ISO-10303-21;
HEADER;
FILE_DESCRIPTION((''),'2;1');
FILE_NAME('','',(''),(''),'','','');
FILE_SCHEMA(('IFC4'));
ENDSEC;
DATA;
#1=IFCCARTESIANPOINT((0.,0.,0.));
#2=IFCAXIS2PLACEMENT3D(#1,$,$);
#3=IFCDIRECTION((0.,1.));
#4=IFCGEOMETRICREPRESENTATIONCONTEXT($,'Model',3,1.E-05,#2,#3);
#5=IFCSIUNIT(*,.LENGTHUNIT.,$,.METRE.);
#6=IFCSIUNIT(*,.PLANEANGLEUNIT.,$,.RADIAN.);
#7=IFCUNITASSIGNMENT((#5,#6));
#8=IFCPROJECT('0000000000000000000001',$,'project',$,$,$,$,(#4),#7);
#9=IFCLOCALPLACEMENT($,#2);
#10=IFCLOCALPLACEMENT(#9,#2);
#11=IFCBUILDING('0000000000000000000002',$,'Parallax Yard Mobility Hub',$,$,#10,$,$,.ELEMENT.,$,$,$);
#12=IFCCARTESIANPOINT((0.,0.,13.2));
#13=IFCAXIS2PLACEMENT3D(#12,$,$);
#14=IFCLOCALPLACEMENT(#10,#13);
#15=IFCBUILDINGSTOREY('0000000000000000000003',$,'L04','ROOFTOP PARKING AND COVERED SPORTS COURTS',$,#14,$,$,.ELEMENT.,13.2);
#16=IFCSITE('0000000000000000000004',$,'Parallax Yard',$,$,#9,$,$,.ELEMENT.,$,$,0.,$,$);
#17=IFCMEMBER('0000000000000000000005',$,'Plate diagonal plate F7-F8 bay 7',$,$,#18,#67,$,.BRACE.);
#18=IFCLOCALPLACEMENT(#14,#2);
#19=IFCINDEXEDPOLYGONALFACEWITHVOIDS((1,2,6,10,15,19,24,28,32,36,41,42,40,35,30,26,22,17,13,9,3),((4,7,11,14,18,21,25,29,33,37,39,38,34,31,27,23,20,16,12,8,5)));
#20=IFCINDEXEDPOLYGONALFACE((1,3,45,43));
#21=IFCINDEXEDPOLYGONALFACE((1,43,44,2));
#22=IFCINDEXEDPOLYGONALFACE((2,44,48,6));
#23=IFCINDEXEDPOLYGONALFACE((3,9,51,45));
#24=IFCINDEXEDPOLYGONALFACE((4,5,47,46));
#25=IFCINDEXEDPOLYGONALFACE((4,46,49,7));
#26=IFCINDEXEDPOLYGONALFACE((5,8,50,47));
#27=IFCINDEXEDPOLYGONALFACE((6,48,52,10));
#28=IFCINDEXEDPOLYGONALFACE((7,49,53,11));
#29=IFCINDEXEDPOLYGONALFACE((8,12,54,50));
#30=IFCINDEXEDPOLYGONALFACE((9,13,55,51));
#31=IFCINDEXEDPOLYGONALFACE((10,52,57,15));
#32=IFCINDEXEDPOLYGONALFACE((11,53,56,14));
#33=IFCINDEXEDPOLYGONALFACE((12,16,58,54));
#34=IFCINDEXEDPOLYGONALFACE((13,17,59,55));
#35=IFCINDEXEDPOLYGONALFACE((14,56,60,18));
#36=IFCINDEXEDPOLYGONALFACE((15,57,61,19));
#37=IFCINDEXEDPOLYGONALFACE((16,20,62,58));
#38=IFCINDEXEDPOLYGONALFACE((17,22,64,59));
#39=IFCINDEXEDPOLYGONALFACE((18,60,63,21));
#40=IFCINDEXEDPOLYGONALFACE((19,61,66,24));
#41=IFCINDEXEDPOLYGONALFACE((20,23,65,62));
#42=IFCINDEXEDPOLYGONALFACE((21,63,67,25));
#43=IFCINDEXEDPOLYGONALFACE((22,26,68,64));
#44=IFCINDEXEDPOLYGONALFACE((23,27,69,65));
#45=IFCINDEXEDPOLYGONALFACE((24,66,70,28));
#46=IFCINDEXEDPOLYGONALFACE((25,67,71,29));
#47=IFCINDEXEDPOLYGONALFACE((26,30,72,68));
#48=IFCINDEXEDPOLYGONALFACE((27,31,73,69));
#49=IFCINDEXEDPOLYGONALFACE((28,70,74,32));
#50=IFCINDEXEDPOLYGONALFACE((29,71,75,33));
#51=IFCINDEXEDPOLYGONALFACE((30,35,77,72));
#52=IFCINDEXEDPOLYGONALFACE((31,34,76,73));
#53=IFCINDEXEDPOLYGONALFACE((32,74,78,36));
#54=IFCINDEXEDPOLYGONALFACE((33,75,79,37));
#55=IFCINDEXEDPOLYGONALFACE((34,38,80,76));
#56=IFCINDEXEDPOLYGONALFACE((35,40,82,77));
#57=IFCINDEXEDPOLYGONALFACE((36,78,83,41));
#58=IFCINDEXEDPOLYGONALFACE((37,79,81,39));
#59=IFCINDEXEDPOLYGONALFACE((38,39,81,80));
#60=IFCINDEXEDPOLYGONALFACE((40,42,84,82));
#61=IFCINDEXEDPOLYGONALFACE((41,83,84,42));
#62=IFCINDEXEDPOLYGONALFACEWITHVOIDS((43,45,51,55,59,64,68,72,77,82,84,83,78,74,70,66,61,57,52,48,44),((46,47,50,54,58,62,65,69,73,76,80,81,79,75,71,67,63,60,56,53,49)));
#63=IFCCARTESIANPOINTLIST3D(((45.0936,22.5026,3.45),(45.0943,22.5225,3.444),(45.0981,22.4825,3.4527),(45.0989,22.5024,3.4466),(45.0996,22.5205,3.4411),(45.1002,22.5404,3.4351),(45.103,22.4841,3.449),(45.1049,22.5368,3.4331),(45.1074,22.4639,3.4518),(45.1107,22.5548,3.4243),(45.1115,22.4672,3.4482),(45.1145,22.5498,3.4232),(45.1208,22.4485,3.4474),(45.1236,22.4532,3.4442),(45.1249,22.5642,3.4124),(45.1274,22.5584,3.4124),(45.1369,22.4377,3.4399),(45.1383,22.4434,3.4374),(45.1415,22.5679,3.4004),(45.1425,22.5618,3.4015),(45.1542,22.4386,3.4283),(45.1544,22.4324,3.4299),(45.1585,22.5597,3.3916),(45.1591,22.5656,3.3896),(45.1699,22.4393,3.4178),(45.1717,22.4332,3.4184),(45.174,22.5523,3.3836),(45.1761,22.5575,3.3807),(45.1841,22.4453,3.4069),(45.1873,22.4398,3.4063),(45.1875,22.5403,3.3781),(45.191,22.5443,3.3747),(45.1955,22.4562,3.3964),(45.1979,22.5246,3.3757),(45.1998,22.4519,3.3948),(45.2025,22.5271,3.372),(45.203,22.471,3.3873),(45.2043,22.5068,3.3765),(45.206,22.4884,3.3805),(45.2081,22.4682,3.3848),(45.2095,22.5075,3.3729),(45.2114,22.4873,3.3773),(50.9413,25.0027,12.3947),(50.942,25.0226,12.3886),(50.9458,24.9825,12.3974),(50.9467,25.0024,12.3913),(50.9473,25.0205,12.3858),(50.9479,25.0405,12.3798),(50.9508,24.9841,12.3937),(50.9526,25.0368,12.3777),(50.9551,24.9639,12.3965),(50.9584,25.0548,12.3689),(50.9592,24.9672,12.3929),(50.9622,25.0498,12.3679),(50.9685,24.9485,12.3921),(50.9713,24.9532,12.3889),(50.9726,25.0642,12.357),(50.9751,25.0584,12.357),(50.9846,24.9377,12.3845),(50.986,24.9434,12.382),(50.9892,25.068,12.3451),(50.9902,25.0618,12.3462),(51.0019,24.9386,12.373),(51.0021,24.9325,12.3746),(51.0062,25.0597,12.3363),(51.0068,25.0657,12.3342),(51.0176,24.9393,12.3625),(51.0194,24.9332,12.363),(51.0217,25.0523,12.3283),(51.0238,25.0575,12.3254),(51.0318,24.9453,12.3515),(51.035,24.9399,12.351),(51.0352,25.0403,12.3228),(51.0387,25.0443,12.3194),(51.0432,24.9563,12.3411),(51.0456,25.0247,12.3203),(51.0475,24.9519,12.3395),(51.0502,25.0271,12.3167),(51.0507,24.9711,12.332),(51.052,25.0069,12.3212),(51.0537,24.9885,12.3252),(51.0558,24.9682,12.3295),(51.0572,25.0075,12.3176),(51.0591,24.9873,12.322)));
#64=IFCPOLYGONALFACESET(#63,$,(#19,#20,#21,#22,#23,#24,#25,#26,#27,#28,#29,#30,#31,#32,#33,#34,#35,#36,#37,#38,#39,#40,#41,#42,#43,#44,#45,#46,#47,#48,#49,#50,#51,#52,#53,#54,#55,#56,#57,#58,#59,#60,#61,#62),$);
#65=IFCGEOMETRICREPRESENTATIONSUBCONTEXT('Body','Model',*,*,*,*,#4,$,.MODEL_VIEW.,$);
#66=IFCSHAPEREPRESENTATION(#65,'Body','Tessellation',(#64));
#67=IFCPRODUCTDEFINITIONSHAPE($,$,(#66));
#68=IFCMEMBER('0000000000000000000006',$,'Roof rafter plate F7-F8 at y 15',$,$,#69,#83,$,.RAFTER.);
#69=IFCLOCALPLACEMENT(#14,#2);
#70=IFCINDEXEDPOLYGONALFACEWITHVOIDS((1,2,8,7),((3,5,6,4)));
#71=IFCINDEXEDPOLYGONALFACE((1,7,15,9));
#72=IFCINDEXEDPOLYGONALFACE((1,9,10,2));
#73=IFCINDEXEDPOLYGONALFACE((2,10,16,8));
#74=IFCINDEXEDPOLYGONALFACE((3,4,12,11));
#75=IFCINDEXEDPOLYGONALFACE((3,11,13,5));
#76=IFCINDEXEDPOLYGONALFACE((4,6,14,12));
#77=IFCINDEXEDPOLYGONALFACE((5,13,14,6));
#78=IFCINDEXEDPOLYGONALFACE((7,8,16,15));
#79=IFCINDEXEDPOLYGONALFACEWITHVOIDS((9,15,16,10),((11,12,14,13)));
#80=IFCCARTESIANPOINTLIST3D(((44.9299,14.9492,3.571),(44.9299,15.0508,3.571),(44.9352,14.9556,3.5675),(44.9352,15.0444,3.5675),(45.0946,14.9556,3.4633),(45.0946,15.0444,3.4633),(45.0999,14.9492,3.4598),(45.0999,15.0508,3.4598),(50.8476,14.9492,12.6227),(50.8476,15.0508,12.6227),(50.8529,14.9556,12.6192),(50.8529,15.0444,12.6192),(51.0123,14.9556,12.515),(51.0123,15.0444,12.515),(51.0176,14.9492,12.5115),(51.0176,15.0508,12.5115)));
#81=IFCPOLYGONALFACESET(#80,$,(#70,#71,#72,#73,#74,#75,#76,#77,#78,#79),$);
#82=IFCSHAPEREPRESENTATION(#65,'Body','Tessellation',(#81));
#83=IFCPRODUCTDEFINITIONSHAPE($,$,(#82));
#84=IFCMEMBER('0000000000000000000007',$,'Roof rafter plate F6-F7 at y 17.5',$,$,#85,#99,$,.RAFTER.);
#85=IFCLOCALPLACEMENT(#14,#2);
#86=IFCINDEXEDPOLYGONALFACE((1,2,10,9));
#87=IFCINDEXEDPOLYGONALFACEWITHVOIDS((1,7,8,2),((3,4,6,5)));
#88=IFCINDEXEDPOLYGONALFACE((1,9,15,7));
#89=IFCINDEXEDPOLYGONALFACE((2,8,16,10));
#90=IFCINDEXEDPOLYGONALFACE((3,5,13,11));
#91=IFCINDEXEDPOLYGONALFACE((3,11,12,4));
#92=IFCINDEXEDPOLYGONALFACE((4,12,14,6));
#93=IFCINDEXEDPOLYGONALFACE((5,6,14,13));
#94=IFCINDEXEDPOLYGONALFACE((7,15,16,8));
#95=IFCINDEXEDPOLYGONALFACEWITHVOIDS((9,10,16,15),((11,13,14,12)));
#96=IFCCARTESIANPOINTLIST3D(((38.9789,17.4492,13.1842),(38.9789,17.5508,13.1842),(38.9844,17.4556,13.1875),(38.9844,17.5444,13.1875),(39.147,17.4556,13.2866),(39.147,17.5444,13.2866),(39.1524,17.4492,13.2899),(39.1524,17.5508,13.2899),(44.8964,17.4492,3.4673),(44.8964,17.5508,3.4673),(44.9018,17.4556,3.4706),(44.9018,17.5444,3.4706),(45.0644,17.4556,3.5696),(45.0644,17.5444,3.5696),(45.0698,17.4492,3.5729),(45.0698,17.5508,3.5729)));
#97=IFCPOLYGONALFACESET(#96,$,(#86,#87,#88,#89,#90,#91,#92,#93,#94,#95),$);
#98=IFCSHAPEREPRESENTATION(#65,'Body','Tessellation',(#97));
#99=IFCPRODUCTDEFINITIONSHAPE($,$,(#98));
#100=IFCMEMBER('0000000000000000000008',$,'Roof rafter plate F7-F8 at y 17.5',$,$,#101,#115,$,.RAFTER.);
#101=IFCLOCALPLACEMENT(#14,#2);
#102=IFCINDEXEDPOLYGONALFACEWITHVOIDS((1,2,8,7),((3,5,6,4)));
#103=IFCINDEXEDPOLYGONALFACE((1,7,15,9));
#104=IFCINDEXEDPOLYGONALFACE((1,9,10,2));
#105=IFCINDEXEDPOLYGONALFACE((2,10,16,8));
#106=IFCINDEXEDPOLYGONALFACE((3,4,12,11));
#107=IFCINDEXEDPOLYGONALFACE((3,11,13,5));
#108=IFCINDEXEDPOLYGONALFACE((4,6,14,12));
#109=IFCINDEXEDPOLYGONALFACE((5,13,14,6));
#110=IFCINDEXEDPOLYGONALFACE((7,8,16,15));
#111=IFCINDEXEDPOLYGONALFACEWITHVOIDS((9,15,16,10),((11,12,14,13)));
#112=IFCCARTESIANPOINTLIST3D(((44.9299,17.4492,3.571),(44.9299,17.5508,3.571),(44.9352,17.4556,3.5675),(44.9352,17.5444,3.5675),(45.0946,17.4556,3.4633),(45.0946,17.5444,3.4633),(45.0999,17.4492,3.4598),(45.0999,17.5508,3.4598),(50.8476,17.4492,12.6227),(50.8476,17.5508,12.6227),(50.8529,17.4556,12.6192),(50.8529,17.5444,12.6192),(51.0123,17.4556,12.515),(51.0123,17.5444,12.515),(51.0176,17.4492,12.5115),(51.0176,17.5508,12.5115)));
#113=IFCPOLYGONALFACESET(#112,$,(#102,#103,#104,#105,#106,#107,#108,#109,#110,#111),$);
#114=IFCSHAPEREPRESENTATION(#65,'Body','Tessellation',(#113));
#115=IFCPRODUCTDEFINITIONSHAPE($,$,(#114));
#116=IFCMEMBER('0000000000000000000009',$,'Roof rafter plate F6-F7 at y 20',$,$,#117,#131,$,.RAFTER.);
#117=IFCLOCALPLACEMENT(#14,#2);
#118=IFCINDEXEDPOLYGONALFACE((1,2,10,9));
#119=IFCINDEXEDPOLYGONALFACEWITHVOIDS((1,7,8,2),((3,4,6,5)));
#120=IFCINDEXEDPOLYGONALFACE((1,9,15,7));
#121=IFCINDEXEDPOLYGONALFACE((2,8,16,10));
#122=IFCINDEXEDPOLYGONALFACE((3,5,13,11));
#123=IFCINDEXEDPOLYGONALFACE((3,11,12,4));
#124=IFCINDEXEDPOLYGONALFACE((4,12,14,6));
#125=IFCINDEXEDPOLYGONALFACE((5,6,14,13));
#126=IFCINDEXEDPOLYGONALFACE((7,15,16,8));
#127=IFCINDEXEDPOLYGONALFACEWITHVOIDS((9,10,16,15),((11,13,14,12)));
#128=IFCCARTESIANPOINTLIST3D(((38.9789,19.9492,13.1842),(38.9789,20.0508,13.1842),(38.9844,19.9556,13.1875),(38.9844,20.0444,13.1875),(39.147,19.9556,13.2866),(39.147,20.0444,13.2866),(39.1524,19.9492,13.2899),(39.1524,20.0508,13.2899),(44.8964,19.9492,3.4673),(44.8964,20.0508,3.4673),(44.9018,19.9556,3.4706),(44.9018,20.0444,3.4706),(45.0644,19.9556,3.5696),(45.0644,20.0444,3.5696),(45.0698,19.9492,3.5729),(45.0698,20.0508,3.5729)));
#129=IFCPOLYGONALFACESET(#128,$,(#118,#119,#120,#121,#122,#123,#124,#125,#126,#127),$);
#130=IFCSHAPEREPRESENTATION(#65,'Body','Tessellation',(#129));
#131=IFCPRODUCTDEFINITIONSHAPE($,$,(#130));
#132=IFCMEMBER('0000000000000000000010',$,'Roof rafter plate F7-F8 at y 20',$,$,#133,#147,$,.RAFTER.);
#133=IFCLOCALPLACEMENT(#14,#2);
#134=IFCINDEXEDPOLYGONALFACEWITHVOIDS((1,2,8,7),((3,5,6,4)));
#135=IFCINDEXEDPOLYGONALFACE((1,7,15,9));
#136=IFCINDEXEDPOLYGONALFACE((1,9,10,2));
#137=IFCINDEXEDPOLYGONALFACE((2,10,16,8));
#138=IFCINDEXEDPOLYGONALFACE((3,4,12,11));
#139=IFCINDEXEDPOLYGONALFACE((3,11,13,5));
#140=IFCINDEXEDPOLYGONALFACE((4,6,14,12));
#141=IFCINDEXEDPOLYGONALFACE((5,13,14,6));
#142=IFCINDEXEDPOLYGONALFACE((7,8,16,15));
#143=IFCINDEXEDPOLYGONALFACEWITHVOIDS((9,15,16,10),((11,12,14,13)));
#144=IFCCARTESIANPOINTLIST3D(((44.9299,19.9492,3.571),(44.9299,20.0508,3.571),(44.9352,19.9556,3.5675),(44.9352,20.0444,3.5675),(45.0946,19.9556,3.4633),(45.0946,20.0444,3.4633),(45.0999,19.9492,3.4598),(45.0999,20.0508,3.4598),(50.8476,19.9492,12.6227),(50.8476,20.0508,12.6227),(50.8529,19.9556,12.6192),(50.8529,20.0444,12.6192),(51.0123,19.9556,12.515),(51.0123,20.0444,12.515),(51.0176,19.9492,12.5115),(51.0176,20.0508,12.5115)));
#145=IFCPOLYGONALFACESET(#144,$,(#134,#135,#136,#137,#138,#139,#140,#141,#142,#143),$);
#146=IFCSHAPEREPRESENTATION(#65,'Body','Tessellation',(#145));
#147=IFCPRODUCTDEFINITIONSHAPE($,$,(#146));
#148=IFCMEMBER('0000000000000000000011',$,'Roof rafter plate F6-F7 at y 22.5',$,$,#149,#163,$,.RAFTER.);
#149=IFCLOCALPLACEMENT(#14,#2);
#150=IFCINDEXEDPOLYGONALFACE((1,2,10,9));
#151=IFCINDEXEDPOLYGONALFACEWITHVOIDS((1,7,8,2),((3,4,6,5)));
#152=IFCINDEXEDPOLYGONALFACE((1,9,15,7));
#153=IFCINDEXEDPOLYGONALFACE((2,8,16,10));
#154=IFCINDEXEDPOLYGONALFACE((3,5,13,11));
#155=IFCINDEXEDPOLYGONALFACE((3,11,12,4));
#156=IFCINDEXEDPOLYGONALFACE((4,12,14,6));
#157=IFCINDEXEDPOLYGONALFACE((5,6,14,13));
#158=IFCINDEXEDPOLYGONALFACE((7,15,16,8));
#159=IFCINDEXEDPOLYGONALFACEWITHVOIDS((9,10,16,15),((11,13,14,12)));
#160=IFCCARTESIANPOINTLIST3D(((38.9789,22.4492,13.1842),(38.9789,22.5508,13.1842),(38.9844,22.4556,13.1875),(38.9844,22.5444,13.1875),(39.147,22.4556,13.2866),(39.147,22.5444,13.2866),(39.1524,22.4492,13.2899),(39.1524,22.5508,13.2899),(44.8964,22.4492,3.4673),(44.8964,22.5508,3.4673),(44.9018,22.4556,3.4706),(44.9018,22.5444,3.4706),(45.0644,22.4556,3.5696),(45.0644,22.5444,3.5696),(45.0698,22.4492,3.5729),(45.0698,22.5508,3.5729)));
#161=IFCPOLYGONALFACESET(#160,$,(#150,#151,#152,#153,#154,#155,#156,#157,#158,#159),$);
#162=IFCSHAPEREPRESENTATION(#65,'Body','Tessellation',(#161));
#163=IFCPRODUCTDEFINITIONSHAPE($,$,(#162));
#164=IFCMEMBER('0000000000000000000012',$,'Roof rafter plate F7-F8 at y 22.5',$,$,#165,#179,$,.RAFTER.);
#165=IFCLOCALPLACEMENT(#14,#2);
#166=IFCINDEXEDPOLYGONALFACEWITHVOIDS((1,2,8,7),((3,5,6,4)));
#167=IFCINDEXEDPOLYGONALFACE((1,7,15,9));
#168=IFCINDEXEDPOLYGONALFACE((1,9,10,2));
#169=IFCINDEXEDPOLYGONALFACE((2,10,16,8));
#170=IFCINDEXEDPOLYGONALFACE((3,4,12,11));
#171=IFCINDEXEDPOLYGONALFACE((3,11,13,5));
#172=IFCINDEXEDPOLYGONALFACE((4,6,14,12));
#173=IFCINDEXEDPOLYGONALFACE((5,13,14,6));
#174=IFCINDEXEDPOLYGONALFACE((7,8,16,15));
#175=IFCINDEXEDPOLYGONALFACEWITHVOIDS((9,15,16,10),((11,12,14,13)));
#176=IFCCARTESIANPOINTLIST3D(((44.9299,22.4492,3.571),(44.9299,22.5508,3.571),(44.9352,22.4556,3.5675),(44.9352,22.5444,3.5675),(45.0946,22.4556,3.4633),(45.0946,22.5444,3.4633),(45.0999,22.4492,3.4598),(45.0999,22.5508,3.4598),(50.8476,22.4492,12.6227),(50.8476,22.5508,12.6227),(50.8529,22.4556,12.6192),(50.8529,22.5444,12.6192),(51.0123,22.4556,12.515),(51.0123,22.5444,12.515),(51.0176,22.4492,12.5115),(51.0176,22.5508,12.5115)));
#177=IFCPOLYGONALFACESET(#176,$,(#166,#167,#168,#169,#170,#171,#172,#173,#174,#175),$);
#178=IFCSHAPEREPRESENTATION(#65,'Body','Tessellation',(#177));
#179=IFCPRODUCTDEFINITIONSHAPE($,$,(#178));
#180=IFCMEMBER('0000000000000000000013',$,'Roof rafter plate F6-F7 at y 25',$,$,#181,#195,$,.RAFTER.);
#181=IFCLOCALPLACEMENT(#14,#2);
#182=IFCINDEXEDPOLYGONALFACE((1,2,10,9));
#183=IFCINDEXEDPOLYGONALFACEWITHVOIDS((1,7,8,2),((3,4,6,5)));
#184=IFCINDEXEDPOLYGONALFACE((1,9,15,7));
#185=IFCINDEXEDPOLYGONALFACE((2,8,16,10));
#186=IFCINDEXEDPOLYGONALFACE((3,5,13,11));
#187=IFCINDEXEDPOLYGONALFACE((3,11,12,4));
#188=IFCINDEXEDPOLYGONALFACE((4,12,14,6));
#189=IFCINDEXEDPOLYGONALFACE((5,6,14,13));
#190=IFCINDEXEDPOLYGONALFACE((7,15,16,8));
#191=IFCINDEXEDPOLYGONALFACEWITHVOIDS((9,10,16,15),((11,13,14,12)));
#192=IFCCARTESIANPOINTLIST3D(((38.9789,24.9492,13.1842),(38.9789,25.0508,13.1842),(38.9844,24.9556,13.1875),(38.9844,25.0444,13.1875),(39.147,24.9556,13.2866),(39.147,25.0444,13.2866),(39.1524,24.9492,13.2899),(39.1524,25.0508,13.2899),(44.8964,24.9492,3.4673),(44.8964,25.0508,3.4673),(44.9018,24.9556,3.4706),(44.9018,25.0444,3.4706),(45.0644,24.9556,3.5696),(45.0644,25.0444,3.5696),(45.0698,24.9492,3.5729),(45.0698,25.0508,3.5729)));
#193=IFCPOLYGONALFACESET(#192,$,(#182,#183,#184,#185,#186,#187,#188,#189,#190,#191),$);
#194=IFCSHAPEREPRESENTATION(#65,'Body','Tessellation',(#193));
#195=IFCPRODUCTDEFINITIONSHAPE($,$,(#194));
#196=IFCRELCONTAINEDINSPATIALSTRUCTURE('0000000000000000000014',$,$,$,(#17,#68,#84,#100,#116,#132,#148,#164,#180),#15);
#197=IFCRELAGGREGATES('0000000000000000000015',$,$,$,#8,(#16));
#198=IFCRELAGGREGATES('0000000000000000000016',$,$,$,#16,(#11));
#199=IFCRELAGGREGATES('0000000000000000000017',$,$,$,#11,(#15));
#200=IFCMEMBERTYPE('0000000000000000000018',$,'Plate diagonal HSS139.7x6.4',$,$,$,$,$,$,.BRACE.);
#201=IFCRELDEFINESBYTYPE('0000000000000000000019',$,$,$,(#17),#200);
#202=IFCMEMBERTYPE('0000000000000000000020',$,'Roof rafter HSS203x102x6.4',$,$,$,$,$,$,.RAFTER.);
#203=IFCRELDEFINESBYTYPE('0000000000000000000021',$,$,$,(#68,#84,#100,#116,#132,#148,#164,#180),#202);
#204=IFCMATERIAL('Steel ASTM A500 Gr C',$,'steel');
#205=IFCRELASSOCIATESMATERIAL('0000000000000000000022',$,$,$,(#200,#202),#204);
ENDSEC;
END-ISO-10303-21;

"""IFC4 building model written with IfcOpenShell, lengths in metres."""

from ifc_helpers import new_model, si_unit, direction, frame, origin, origin_2d, place, context, subcontext, project, spatial, hollow_rectangle, hollow_circle, extrude, material, material_profile, profile_set, type_object, element, save


model = new_model("IFC4")

# Units and contexts
model_context = context("Model", 3, precision=1e-05, world=origin(), true_north=direction((0.0, 1.0)))
body_context = subcontext(model_context, "Body", "Model", "MODEL_VIEW")
ifc_project = project(units=[si_unit("LENGTHUNIT", "METRE"), si_unit("PLANEANGLEUNIT", "RADIAN")], contexts=[model_context])

# Site, building, storey
site_placement = place(None, origin())
site = spatial("IfcSite", under=ifc_project, at=site_placement, Name="Parallax Yard", CompositionType="ELEMENT", RefElevation=0.0)
building_placement = place(site_placement, origin())
building = spatial("IfcBuilding", under=site, at=building_placement, Name="Parallax Yard Mobility Hub", CompositionType="ELEMENT")
storey_placement = place(building_placement, frame((0.0, 0.0, 13.2)))
storey = spatial("IfcBuildingStorey", under=building, at=storey_placement, Name="L04", Description="ROOFTOP PARKING AND COVERED SPORTS COURTS", CompositionType="ELEMENT", Elevation=13.2)

# Members
ifc_material_1 = material(Name="Steel ASTM A500 Gr C", Category="steel")
ifc_material_profile_1 = material_profile(ifc_material_1, hollow_circle(Radius=0.0698, WallThickness=0.0063, at=origin_2d()), Name="HSS139.7x6.4")
ifc_profile_set_1 = profile_set([ifc_material_profile_1], Name="Steel ASTM A500 Gr C")
member_type_1 = type_object("IfcMemberType", Name="Plate diagonal HSS139.7x6.4", PredefinedType="BRACE", material=ifc_profile_set_1)
member_1_placement = place(storey_placement, frame((45.1523, 22.5, 3.4124), z_axis=(0.532816, 0.22779, 0.814996), x_axis=(-0.393104, 0.919494, 0.0)))
element("IfcMember", 1, at=member_1_placement, inside=storey, type_object=member_type_1, Name="Plate diagonal plate F7-F8 bay 7", PredefinedType="BRACE", context=body_context, shape_type="SweptSolid", body=[
    extrude(hollow_circle(Radius=0.0698, WallThickness=0.0063, at=origin_2d()), origin(), (0.0, 0.0, 1.0), 10.9751),
])
ifc_material_profile_2 = material_profile(ifc_material_1, hollow_rectangle(XDim=0.1016, YDim=0.2031, WallThickness=0.0063, at=origin_2d()), Name="HSS203x102x6.4")
ifc_profile_set_2 = profile_set([ifc_material_profile_2], Name="Steel ASTM A500 Gr C")
member_type_2 = type_object("IfcMemberType", Name="Roof rafter HSS203x102x6.4", PredefinedType="RAFTER", material=ifc_profile_set_2)
member_2_placement = place(storey_placement, frame((45.0149, 15.0, 3.5154), z_axis=(0.547202, 0.0, 0.837001), x_axis=(0.0, 1.0, 0.0)))
element("IfcMember", 2, at=member_2_placement, inside=storey, type_object=member_type_2, Name="Roof rafter plate F7-F8 at y 15", PredefinedType="RAFTER", context=body_context, shape_type="SweptSolid", body=[
    extrude(hollow_rectangle(XDim=0.1016, YDim=0.2031, WallThickness=0.0063, at=origin_2d()), origin(), (0.0, 0.0, 1.0), 10.8145),
])
member_3_placement = place(storey_placement, frame((39.0657, 17.5, 13.2371), z_axis=(0.520124, 0.0, -0.854091), x_axis=(0.0, 1.0, 0.0)))
element("IfcMember", 3, at=member_3_placement, inside=storey, type_object=member_type_2, Name="Roof rafter plate F6-F7 at y 17.5", PredefinedType="RAFTER", context=body_context, shape_type="SweptSolid", body=[
    extrude(hollow_rectangle(XDim=0.1016, YDim=0.2031, WallThickness=0.0063, at=origin_2d()), origin(), (0.0, 0.0, 1.0), 11.377),
])
member_4_placement = place(storey_placement, frame((45.0149, 17.5, 3.5154), z_axis=(0.547202, 0.0, 0.837001), x_axis=(0.0, 1.0, 0.0)))
element("IfcMember", 4, at=member_4_placement, inside=storey, type_object=member_type_2, Name="Roof rafter plate F7-F8 at y 17.5", PredefinedType="RAFTER", context=body_context, shape_type="SweptSolid", body=[
    extrude(hollow_rectangle(XDim=0.1016, YDim=0.2031, WallThickness=0.0063, at=origin_2d()), origin(), (0.0, 0.0, 1.0), 10.8145),
])
member_5_placement = place(storey_placement, frame((39.0657, 20.0, 13.2371), z_axis=(0.520124, 0.0, -0.854091), x_axis=(0.0, 1.0, 0.0)))
element("IfcMember", 5, at=member_5_placement, inside=storey, type_object=member_type_2, Name="Roof rafter plate F6-F7 at y 20", PredefinedType="RAFTER", context=body_context, shape_type="SweptSolid", body=[
    extrude(hollow_rectangle(XDim=0.1016, YDim=0.2031, WallThickness=0.0063, at=origin_2d()), origin(), (0.0, 0.0, 1.0), 11.377),
])
member_6_placement = place(storey_placement, frame((45.0149, 20.0, 3.5154), z_axis=(0.547202, 0.0, 0.837001), x_axis=(0.0, 1.0, 0.0)))
element("IfcMember", 6, at=member_6_placement, inside=storey, type_object=member_type_2, Name="Roof rafter plate F7-F8 at y 20", PredefinedType="RAFTER", context=body_context, shape_type="SweptSolid", body=[
    extrude(hollow_rectangle(XDim=0.1016, YDim=0.2031, WallThickness=0.0063, at=origin_2d()), origin(), (0.0, 0.0, 1.0), 10.8145),
])
member_7_placement = place(storey_placement, frame((39.0657, 22.5, 13.2371), z_axis=(0.520124, 0.0, -0.854091), x_axis=(0.0, 1.0, 0.0)))
element("IfcMember", 7, at=member_7_placement, inside=storey, type_object=member_type_2, Name="Roof rafter plate F6-F7 at y 22.5", PredefinedType="RAFTER", context=body_context, shape_type="SweptSolid", body=[
    extrude(hollow_rectangle(XDim=0.1016, YDim=0.2031, WallThickness=0.0063, at=origin_2d()), origin(), (0.0, 0.0, 1.0), 11.377),
])
member_8_placement = place(storey_placement, frame((45.0149, 22.5, 3.5154), z_axis=(0.547202, 0.0, 0.837001), x_axis=(0.0, 1.0, 0.0)))
element("IfcMember", 8, at=member_8_placement, inside=storey, type_object=member_type_2, Name="Roof rafter plate F7-F8 at y 22.5", PredefinedType="RAFTER", context=body_context, shape_type="SweptSolid", body=[
    extrude(hollow_rectangle(XDim=0.1016, YDim=0.2031, WallThickness=0.0063, at=origin_2d()), origin(), (0.0, 0.0, 1.0), 10.8145),
])
member_9_placement = place(storey_placement, frame((39.0657, 25.0, 13.2371), z_axis=(0.520124, 0.0, -0.854091), x_axis=(0.0, 1.0, 0.0)))
element("IfcMember", 9, at=member_9_placement, inside=storey, type_object=member_type_2, Name="Roof rafter plate F6-F7 at y 25", PredefinedType="RAFTER", context=body_context, shape_type="SweptSolid", body=[
    extrude(hollow_rectangle(XDim=0.1016, YDim=0.2031, WallThickness=0.0063, at=origin_2d()), origin(), (0.0, 0.0, 1.0), 11.377),
])

save(model, "model.ifc")
